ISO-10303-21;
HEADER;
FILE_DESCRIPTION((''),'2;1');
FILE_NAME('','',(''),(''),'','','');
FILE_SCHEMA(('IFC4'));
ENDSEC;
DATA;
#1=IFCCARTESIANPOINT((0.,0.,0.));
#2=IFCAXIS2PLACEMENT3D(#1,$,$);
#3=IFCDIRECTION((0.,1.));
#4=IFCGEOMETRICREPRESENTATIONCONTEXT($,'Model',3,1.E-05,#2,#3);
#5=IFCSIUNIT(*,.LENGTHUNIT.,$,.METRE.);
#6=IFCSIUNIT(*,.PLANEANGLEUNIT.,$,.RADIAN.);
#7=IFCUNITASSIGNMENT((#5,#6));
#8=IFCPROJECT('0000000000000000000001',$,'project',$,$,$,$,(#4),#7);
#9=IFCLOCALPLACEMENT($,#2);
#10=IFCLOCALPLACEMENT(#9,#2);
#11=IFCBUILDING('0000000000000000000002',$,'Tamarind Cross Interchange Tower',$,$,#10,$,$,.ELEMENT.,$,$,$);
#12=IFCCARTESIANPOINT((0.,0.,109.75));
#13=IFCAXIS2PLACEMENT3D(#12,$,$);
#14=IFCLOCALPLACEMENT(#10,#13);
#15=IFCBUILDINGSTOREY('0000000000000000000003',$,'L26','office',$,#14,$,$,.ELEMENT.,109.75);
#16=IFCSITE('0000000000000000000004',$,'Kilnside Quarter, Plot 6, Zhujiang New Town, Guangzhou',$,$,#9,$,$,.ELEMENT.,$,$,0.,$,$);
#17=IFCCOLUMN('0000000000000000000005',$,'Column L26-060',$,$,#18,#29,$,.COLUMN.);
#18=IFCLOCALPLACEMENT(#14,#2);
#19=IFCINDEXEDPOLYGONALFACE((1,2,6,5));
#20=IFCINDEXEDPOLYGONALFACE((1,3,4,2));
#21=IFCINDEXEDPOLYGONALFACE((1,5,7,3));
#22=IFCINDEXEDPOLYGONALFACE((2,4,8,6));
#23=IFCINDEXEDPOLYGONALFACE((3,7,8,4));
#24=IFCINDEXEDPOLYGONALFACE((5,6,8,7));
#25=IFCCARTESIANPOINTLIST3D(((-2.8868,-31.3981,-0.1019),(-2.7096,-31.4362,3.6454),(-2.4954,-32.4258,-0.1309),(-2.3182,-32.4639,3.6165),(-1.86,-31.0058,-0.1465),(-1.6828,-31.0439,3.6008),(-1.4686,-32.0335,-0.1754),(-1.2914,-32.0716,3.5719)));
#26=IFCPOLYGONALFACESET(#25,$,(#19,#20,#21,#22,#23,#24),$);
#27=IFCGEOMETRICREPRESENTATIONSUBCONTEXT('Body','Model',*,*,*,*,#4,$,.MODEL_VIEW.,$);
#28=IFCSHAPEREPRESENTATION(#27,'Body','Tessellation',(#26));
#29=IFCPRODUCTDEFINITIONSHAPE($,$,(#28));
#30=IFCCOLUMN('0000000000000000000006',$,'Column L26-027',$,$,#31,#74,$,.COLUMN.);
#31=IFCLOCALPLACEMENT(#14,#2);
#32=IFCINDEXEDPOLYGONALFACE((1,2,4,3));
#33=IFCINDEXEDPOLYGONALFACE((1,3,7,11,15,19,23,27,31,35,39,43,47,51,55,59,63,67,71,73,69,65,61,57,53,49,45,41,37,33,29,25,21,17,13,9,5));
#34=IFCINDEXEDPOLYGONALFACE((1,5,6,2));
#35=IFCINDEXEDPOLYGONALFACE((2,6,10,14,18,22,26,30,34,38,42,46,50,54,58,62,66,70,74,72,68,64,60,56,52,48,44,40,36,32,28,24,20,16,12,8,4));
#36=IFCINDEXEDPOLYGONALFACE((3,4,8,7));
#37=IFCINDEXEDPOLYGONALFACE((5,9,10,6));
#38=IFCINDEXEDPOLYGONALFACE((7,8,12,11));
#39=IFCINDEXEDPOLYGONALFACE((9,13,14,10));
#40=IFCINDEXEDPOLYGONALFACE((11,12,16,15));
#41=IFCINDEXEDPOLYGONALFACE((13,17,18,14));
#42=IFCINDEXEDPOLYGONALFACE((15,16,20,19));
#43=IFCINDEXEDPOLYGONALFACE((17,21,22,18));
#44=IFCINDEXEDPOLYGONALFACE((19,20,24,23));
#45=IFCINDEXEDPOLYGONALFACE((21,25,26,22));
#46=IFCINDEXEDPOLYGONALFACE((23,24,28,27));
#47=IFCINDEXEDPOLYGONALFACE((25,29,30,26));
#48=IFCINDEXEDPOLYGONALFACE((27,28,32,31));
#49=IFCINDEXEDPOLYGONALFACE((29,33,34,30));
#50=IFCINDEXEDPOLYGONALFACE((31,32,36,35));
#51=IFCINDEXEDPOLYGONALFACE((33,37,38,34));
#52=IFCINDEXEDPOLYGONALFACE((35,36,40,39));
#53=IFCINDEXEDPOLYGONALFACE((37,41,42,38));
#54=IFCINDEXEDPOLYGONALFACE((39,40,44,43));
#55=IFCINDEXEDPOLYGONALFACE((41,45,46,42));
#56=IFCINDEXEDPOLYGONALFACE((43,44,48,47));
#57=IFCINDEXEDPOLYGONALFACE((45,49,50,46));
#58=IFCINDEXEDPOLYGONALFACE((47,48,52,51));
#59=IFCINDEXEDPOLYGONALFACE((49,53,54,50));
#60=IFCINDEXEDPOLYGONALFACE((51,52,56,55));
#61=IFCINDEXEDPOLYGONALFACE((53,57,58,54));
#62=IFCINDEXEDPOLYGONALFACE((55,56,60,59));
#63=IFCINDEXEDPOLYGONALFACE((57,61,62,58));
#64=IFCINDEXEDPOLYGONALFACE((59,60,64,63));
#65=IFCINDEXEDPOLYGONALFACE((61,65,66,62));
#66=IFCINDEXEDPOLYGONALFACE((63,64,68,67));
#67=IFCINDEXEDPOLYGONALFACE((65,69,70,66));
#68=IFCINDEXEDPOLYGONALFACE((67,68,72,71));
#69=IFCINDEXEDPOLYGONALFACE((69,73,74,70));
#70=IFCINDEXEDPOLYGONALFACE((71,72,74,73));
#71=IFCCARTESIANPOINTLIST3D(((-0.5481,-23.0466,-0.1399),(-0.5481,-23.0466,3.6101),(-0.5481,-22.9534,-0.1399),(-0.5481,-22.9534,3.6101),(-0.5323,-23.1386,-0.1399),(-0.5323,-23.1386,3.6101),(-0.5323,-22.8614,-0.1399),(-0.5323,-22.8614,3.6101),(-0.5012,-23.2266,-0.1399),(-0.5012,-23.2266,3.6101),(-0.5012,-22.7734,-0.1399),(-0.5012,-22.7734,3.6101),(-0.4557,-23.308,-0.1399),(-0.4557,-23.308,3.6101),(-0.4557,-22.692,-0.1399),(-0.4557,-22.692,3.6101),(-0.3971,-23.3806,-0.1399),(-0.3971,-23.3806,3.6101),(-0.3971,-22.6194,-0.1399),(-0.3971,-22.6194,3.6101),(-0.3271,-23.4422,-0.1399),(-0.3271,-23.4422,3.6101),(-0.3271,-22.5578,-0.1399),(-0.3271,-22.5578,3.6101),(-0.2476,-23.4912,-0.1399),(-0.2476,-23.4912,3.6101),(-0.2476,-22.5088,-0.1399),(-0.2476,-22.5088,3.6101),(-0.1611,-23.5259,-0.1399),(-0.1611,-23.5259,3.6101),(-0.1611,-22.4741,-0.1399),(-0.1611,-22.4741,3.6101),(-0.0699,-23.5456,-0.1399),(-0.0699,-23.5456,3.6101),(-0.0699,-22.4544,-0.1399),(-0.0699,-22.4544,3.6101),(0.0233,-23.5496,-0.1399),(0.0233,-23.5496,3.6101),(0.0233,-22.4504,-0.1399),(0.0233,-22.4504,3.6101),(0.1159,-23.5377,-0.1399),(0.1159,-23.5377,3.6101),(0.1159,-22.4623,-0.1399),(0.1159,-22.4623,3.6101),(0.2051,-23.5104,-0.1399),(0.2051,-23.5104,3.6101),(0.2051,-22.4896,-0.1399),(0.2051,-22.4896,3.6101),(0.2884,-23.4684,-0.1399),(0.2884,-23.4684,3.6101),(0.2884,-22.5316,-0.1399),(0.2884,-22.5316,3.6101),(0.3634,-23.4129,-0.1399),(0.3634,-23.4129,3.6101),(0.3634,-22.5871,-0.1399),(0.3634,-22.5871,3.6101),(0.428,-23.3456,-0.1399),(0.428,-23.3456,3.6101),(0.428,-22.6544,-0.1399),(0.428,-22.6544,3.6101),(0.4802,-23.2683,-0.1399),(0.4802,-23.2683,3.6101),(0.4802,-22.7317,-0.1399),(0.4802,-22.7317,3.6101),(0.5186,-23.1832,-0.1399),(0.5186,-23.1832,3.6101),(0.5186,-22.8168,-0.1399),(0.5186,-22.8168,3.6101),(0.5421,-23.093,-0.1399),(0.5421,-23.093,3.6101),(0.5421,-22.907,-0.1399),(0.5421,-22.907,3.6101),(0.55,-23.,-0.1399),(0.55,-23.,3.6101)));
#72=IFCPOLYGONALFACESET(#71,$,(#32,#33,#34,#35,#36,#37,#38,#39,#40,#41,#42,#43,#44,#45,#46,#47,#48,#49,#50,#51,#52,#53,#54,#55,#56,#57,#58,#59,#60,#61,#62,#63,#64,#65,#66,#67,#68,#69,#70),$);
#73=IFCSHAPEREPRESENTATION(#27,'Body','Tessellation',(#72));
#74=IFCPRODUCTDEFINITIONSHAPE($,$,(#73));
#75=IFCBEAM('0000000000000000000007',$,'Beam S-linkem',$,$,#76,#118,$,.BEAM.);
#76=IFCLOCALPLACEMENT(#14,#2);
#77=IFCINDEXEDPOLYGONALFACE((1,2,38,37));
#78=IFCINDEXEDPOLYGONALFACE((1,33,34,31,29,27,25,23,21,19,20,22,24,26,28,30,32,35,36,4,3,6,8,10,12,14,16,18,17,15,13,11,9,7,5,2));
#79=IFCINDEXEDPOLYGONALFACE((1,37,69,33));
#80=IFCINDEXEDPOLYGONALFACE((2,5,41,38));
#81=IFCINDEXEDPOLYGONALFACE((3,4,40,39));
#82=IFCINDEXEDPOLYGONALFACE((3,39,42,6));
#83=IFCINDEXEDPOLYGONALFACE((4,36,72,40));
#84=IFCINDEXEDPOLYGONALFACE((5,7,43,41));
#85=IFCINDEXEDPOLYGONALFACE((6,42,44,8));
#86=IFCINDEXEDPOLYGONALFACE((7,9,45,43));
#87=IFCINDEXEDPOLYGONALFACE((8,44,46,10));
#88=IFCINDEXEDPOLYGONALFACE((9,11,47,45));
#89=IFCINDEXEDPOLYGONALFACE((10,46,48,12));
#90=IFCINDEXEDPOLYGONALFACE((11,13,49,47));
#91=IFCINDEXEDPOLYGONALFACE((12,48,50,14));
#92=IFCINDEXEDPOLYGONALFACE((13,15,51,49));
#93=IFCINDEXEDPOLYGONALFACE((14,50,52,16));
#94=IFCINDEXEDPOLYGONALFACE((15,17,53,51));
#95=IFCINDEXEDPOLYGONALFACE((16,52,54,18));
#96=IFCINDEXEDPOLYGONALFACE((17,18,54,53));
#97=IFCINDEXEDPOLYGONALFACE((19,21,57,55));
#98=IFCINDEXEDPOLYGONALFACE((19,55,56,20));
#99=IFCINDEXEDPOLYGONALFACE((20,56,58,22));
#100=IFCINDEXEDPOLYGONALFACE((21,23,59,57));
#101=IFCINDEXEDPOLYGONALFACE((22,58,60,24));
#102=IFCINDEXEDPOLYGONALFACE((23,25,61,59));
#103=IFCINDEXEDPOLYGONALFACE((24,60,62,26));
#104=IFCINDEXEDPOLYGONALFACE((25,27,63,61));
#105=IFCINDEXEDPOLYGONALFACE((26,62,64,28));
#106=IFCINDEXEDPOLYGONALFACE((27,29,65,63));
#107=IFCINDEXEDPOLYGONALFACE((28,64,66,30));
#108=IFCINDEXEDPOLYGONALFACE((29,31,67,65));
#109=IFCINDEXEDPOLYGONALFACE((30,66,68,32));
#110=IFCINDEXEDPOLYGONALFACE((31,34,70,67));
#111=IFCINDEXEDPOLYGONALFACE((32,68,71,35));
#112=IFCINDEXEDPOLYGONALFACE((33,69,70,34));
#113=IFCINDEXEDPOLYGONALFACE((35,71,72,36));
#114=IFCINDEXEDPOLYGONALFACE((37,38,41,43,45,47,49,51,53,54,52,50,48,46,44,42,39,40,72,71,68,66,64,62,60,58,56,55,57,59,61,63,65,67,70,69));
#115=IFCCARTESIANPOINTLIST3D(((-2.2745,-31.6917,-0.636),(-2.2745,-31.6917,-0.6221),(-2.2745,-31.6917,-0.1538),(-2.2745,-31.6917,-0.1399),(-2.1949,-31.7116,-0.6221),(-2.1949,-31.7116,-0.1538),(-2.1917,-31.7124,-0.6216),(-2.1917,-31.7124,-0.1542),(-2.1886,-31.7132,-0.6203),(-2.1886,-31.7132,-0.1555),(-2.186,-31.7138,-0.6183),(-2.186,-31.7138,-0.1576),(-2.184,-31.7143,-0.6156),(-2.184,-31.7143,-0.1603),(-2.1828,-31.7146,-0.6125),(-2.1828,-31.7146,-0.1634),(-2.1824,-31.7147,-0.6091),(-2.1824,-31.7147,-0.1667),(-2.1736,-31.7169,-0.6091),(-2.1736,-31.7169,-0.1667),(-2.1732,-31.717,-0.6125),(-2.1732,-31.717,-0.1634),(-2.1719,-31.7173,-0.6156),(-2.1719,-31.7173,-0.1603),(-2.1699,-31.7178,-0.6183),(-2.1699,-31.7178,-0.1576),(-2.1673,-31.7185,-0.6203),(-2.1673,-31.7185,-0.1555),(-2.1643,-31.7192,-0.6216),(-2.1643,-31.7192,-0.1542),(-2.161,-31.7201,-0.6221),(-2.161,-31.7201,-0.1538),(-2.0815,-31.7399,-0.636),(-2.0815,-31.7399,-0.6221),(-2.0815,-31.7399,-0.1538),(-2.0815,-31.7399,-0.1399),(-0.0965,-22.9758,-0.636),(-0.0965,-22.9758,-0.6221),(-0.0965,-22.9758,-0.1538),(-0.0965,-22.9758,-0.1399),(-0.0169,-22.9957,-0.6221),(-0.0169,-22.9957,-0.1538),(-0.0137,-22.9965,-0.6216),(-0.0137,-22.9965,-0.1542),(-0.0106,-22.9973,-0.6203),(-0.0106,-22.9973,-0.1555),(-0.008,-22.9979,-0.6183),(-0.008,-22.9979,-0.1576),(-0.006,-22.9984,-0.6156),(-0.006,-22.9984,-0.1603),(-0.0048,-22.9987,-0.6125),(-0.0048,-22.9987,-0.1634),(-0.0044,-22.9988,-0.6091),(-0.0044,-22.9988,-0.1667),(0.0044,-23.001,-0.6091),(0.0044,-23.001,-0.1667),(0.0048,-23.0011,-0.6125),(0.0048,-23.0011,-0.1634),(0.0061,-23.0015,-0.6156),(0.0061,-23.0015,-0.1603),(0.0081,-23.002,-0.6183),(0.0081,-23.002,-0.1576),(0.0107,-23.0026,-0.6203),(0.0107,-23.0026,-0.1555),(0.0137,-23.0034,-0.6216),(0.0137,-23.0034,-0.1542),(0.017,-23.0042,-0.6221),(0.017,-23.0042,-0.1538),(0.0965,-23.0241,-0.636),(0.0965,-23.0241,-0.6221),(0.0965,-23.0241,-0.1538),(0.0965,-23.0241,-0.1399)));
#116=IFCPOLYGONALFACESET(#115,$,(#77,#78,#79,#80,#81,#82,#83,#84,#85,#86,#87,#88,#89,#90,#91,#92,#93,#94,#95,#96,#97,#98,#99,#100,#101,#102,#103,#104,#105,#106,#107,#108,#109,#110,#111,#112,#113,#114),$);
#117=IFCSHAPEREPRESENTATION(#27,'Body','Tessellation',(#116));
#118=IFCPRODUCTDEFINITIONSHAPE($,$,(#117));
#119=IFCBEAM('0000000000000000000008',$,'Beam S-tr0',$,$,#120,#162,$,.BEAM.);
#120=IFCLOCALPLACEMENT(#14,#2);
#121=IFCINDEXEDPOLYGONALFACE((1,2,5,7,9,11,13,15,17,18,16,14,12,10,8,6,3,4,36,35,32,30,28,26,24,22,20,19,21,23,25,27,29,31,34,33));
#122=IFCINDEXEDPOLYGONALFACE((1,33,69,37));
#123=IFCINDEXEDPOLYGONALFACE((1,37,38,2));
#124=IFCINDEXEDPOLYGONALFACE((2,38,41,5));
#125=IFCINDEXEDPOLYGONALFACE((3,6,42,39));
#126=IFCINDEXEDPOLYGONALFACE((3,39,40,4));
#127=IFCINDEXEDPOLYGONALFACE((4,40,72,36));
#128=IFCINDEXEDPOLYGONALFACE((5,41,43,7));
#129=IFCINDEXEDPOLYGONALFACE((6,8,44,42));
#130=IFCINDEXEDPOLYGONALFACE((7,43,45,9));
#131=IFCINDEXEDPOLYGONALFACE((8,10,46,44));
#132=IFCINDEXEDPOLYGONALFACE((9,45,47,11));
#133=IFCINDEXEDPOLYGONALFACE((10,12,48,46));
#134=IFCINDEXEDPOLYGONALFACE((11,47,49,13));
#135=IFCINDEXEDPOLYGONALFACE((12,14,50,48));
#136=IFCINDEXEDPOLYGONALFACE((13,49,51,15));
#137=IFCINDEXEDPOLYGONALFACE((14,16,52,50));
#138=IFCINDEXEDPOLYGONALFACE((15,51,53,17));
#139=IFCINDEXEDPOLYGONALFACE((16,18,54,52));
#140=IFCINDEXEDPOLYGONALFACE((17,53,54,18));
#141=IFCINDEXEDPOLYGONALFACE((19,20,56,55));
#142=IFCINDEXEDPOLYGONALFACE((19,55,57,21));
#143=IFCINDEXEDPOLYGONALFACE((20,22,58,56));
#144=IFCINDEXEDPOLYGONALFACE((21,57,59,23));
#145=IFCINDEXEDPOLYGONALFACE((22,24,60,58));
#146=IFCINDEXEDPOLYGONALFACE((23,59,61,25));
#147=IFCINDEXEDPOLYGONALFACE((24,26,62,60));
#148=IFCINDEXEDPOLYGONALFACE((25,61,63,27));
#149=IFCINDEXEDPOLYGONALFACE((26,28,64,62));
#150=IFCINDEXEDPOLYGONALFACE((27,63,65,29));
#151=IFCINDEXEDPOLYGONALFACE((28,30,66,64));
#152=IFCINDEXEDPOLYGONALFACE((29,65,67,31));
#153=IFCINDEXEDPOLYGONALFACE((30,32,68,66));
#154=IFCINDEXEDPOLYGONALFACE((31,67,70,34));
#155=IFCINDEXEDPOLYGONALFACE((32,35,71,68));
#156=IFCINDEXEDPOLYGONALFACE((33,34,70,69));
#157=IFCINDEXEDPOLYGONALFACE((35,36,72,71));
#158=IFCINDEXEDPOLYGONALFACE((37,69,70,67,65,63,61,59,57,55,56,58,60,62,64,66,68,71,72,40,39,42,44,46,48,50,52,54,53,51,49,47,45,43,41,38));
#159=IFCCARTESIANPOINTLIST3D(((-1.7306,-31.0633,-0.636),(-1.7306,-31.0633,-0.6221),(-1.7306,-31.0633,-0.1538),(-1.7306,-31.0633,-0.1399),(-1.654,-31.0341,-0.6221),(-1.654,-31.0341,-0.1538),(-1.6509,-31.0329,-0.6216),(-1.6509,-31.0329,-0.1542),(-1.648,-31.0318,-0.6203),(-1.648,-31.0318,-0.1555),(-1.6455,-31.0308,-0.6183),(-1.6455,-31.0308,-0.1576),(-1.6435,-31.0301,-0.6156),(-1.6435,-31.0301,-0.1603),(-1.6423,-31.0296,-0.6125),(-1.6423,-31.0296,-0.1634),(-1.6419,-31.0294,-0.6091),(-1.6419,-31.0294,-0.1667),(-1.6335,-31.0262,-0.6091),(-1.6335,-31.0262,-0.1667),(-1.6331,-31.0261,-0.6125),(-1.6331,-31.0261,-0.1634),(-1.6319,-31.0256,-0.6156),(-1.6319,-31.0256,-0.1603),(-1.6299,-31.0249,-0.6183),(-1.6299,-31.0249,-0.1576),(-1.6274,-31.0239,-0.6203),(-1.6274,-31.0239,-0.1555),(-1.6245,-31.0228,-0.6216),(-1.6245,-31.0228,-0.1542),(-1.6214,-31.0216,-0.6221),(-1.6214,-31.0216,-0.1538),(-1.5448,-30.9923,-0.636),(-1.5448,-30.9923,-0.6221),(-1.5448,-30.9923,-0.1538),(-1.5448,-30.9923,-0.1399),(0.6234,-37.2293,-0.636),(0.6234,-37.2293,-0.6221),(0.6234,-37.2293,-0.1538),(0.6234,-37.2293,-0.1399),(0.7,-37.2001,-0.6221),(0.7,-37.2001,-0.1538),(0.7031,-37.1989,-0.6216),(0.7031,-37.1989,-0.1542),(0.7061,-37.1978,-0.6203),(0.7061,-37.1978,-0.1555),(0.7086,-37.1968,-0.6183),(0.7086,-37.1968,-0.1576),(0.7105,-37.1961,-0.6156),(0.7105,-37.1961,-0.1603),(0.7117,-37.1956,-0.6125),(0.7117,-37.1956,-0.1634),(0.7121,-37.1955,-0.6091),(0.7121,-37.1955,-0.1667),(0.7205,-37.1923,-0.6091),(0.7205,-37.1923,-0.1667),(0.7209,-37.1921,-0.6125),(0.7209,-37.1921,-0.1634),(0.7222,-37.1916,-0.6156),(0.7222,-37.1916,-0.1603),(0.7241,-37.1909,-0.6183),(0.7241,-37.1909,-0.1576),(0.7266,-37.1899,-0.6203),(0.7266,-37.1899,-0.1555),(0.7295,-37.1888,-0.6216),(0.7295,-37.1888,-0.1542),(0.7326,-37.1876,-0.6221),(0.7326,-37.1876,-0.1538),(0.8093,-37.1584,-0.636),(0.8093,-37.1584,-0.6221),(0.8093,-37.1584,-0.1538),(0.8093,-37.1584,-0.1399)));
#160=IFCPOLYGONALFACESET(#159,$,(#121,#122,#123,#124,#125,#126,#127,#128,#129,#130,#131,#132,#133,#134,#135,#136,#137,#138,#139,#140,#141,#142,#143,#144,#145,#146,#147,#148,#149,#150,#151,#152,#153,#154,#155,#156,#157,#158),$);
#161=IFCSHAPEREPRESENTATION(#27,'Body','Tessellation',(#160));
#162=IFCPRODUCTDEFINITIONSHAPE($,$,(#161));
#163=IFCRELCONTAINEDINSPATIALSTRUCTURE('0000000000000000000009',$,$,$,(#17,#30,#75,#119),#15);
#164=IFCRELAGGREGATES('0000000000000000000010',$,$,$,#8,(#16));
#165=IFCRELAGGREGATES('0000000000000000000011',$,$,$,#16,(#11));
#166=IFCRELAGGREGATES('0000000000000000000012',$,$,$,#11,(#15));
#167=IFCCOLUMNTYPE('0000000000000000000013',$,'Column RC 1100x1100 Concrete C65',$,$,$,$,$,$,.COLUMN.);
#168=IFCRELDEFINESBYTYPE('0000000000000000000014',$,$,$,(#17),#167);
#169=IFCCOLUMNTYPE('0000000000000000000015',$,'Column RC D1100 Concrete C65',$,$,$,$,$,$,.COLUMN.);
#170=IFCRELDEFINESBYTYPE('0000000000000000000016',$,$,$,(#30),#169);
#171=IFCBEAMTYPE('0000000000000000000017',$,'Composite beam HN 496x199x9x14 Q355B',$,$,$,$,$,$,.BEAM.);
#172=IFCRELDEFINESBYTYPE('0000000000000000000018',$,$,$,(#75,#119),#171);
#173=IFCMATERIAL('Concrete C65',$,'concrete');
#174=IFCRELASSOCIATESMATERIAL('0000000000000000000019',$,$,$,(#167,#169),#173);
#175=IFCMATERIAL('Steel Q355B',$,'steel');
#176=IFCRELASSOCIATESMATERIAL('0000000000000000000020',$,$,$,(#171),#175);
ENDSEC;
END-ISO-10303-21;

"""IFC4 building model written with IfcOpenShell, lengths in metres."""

from ifc_helpers import new_model, si_unit, direction, frame, origin, origin_2d, place, context, subcontext, project, spatial, rectangle, circle, i_section, extrude, material, material_profile, profile_set, type_object, element, save


model = new_model("IFC4")

# Units and contexts
model_context = context("Model", 3, precision=1e-05, world=origin(), true_north=direction((0.0, 1.0)))
body_context = subcontext(model_context, "Body", "Model", "MODEL_VIEW")
ifc_project = project(units=[si_unit("LENGTHUNIT", "METRE"), si_unit("PLANEANGLEUNIT", "RADIAN")], contexts=[model_context])

# Site, building, storey
site_placement = place(None, origin())
site = spatial("IfcSite", under=ifc_project, at=site_placement, Name="Kilnside Quarter, Plot 6, Zhujiang New Town, Guangzhou", CompositionType="ELEMENT", RefElevation=0.0)
building_placement = place(site_placement, origin())
building = spatial("IfcBuilding", under=site, at=building_placement, Name="Tamarind Cross Interchange Tower", CompositionType="ELEMENT")
storey_placement = place(building_placement, frame((0.0, 0.0, 109.75)))
storey = spatial("IfcBuildingStorey", under=building, at=storey_placement, Name="L26", Description="office", CompositionType="ELEMENT", Elevation=109.75)

# Columns
ifc_material_1 = material(Name="Concrete C65", Category="concrete")
ifc_material_profile_1 = material_profile(ifc_material_1, rectangle(XDim=1.1001, YDim=1.1001, at=origin_2d()), Name="RC 1100x1100")
ifc_profile_set_1 = profile_set([ifc_material_profile_1], Name="Concrete C65")
column_type_1 = type_object("IfcColumnType", Name="Column RC 1100x1100 Concrete C65", PredefinedType="COLUMN", material=ifc_profile_set_1)
column_1_placement = place(storey_placement, frame((-2.1777, -31.7158, -0.1387), z_axis=(0.047244, -0.010152, 0.998832), x_axis=(-0.355806, 0.934189, 0.026324)))
element("IfcColumn", 1, at=column_1_placement, inside=storey, type_object=column_type_1, Name="Column L26-060", PredefinedType="COLUMN", context=body_context, shape_type="SweptSolid", body=[
    extrude(rectangle(XDim=1.1001, YDim=1.1001, at=origin_2d()), origin(), (0.0, 0.0, 1.0), 3.7517),
])
ifc_material_profile_2 = material_profile(ifc_material_1, circle(Radius=0.55, at=origin_2d()), Name="RC D1100")
ifc_profile_set_2 = profile_set([ifc_material_profile_2], Name="Concrete C65")
column_type_2 = type_object("IfcColumnType", Name="Column RC D1100 Concrete C65", PredefinedType="COLUMN", material=ifc_profile_set_2)
column_2_placement = place(storey_placement, frame((0.0, -23.0, -0.1399), z_axis=(0.0, 0.0, 1.0), x_axis=(1.0, 0.0, 0.0)))
element("IfcColumn", 2, at=column_2_placement, inside=storey, type_object=column_type_2, Name="Column L26-027", PredefinedType="COLUMN", context=body_context, shape_type="SweptSolid", body=[
    extrude(circle(Radius=0.55, at=origin_2d()), origin(), (0.0, 0.0, 1.0), 3.75),
])

# Beams
ifc_material_2 = material(Name="Steel Q355B", Category="steel")
ifc_material_profile_3 = material_profile(ifc_material_2, i_section(OverallWidth=0.199, OverallDepth=0.4961, WebThickness=0.009, FlangeThickness=0.0139, FilletRadius=0.0129, at=origin_2d()), Name="HN 496x199x9x14")
ifc_profile_set_3 = profile_set([ifc_material_profile_3], Name="Steel Q355B")
beam_type_1 = type_object("IfcBeamType", Name="Composite beam HN 496x199x9x14 Q355B", PredefinedType="BEAM", material=ifc_profile_set_3)
beam_1_placement = place(storey_placement, frame((-2.178, -31.7158, -0.3879), z_axis=(0.242433, 0.970168, 0.0), x_axis=(-0.970168, 0.242433, 0.0)))
element("IfcBeam", 3, at=beam_1_placement, inside=storey, type_object=beam_type_1, Name="Beam S-linkem", PredefinedType="BEAM", context=body_context, shape_type="SweptSolid", body=[
    extrude(i_section(OverallWidth=0.199, OverallDepth=0.4961, WebThickness=0.009, FlangeThickness=0.0139, FilletRadius=0.0129, at=origin_2d()), origin(), (0.0, 0.0, 1.0), 8.9839),
])
beam_2_placement = place(storey_placement, frame((-1.6377, -31.0278, -0.3879), z_axis=(0.356663, -0.934233, 0.0), x_axis=(0.934233, 0.356663, 0.0)))
element("IfcBeam", 4, at=beam_2_placement, inside=storey, type_object=beam_type_1, Name="Beam S-tr0", PredefinedType="BEAM", context=body_context, shape_type="SweptSolid", body=[
    extrude(i_section(OverallWidth=0.199, OverallDepth=0.4961, WebThickness=0.009, FlangeThickness=0.0139, FilletRadius=0.0129, at=origin_2d()), origin(), (0.0, 0.0, 1.0), 6.6001),
])

save(model, "model.ifc")
